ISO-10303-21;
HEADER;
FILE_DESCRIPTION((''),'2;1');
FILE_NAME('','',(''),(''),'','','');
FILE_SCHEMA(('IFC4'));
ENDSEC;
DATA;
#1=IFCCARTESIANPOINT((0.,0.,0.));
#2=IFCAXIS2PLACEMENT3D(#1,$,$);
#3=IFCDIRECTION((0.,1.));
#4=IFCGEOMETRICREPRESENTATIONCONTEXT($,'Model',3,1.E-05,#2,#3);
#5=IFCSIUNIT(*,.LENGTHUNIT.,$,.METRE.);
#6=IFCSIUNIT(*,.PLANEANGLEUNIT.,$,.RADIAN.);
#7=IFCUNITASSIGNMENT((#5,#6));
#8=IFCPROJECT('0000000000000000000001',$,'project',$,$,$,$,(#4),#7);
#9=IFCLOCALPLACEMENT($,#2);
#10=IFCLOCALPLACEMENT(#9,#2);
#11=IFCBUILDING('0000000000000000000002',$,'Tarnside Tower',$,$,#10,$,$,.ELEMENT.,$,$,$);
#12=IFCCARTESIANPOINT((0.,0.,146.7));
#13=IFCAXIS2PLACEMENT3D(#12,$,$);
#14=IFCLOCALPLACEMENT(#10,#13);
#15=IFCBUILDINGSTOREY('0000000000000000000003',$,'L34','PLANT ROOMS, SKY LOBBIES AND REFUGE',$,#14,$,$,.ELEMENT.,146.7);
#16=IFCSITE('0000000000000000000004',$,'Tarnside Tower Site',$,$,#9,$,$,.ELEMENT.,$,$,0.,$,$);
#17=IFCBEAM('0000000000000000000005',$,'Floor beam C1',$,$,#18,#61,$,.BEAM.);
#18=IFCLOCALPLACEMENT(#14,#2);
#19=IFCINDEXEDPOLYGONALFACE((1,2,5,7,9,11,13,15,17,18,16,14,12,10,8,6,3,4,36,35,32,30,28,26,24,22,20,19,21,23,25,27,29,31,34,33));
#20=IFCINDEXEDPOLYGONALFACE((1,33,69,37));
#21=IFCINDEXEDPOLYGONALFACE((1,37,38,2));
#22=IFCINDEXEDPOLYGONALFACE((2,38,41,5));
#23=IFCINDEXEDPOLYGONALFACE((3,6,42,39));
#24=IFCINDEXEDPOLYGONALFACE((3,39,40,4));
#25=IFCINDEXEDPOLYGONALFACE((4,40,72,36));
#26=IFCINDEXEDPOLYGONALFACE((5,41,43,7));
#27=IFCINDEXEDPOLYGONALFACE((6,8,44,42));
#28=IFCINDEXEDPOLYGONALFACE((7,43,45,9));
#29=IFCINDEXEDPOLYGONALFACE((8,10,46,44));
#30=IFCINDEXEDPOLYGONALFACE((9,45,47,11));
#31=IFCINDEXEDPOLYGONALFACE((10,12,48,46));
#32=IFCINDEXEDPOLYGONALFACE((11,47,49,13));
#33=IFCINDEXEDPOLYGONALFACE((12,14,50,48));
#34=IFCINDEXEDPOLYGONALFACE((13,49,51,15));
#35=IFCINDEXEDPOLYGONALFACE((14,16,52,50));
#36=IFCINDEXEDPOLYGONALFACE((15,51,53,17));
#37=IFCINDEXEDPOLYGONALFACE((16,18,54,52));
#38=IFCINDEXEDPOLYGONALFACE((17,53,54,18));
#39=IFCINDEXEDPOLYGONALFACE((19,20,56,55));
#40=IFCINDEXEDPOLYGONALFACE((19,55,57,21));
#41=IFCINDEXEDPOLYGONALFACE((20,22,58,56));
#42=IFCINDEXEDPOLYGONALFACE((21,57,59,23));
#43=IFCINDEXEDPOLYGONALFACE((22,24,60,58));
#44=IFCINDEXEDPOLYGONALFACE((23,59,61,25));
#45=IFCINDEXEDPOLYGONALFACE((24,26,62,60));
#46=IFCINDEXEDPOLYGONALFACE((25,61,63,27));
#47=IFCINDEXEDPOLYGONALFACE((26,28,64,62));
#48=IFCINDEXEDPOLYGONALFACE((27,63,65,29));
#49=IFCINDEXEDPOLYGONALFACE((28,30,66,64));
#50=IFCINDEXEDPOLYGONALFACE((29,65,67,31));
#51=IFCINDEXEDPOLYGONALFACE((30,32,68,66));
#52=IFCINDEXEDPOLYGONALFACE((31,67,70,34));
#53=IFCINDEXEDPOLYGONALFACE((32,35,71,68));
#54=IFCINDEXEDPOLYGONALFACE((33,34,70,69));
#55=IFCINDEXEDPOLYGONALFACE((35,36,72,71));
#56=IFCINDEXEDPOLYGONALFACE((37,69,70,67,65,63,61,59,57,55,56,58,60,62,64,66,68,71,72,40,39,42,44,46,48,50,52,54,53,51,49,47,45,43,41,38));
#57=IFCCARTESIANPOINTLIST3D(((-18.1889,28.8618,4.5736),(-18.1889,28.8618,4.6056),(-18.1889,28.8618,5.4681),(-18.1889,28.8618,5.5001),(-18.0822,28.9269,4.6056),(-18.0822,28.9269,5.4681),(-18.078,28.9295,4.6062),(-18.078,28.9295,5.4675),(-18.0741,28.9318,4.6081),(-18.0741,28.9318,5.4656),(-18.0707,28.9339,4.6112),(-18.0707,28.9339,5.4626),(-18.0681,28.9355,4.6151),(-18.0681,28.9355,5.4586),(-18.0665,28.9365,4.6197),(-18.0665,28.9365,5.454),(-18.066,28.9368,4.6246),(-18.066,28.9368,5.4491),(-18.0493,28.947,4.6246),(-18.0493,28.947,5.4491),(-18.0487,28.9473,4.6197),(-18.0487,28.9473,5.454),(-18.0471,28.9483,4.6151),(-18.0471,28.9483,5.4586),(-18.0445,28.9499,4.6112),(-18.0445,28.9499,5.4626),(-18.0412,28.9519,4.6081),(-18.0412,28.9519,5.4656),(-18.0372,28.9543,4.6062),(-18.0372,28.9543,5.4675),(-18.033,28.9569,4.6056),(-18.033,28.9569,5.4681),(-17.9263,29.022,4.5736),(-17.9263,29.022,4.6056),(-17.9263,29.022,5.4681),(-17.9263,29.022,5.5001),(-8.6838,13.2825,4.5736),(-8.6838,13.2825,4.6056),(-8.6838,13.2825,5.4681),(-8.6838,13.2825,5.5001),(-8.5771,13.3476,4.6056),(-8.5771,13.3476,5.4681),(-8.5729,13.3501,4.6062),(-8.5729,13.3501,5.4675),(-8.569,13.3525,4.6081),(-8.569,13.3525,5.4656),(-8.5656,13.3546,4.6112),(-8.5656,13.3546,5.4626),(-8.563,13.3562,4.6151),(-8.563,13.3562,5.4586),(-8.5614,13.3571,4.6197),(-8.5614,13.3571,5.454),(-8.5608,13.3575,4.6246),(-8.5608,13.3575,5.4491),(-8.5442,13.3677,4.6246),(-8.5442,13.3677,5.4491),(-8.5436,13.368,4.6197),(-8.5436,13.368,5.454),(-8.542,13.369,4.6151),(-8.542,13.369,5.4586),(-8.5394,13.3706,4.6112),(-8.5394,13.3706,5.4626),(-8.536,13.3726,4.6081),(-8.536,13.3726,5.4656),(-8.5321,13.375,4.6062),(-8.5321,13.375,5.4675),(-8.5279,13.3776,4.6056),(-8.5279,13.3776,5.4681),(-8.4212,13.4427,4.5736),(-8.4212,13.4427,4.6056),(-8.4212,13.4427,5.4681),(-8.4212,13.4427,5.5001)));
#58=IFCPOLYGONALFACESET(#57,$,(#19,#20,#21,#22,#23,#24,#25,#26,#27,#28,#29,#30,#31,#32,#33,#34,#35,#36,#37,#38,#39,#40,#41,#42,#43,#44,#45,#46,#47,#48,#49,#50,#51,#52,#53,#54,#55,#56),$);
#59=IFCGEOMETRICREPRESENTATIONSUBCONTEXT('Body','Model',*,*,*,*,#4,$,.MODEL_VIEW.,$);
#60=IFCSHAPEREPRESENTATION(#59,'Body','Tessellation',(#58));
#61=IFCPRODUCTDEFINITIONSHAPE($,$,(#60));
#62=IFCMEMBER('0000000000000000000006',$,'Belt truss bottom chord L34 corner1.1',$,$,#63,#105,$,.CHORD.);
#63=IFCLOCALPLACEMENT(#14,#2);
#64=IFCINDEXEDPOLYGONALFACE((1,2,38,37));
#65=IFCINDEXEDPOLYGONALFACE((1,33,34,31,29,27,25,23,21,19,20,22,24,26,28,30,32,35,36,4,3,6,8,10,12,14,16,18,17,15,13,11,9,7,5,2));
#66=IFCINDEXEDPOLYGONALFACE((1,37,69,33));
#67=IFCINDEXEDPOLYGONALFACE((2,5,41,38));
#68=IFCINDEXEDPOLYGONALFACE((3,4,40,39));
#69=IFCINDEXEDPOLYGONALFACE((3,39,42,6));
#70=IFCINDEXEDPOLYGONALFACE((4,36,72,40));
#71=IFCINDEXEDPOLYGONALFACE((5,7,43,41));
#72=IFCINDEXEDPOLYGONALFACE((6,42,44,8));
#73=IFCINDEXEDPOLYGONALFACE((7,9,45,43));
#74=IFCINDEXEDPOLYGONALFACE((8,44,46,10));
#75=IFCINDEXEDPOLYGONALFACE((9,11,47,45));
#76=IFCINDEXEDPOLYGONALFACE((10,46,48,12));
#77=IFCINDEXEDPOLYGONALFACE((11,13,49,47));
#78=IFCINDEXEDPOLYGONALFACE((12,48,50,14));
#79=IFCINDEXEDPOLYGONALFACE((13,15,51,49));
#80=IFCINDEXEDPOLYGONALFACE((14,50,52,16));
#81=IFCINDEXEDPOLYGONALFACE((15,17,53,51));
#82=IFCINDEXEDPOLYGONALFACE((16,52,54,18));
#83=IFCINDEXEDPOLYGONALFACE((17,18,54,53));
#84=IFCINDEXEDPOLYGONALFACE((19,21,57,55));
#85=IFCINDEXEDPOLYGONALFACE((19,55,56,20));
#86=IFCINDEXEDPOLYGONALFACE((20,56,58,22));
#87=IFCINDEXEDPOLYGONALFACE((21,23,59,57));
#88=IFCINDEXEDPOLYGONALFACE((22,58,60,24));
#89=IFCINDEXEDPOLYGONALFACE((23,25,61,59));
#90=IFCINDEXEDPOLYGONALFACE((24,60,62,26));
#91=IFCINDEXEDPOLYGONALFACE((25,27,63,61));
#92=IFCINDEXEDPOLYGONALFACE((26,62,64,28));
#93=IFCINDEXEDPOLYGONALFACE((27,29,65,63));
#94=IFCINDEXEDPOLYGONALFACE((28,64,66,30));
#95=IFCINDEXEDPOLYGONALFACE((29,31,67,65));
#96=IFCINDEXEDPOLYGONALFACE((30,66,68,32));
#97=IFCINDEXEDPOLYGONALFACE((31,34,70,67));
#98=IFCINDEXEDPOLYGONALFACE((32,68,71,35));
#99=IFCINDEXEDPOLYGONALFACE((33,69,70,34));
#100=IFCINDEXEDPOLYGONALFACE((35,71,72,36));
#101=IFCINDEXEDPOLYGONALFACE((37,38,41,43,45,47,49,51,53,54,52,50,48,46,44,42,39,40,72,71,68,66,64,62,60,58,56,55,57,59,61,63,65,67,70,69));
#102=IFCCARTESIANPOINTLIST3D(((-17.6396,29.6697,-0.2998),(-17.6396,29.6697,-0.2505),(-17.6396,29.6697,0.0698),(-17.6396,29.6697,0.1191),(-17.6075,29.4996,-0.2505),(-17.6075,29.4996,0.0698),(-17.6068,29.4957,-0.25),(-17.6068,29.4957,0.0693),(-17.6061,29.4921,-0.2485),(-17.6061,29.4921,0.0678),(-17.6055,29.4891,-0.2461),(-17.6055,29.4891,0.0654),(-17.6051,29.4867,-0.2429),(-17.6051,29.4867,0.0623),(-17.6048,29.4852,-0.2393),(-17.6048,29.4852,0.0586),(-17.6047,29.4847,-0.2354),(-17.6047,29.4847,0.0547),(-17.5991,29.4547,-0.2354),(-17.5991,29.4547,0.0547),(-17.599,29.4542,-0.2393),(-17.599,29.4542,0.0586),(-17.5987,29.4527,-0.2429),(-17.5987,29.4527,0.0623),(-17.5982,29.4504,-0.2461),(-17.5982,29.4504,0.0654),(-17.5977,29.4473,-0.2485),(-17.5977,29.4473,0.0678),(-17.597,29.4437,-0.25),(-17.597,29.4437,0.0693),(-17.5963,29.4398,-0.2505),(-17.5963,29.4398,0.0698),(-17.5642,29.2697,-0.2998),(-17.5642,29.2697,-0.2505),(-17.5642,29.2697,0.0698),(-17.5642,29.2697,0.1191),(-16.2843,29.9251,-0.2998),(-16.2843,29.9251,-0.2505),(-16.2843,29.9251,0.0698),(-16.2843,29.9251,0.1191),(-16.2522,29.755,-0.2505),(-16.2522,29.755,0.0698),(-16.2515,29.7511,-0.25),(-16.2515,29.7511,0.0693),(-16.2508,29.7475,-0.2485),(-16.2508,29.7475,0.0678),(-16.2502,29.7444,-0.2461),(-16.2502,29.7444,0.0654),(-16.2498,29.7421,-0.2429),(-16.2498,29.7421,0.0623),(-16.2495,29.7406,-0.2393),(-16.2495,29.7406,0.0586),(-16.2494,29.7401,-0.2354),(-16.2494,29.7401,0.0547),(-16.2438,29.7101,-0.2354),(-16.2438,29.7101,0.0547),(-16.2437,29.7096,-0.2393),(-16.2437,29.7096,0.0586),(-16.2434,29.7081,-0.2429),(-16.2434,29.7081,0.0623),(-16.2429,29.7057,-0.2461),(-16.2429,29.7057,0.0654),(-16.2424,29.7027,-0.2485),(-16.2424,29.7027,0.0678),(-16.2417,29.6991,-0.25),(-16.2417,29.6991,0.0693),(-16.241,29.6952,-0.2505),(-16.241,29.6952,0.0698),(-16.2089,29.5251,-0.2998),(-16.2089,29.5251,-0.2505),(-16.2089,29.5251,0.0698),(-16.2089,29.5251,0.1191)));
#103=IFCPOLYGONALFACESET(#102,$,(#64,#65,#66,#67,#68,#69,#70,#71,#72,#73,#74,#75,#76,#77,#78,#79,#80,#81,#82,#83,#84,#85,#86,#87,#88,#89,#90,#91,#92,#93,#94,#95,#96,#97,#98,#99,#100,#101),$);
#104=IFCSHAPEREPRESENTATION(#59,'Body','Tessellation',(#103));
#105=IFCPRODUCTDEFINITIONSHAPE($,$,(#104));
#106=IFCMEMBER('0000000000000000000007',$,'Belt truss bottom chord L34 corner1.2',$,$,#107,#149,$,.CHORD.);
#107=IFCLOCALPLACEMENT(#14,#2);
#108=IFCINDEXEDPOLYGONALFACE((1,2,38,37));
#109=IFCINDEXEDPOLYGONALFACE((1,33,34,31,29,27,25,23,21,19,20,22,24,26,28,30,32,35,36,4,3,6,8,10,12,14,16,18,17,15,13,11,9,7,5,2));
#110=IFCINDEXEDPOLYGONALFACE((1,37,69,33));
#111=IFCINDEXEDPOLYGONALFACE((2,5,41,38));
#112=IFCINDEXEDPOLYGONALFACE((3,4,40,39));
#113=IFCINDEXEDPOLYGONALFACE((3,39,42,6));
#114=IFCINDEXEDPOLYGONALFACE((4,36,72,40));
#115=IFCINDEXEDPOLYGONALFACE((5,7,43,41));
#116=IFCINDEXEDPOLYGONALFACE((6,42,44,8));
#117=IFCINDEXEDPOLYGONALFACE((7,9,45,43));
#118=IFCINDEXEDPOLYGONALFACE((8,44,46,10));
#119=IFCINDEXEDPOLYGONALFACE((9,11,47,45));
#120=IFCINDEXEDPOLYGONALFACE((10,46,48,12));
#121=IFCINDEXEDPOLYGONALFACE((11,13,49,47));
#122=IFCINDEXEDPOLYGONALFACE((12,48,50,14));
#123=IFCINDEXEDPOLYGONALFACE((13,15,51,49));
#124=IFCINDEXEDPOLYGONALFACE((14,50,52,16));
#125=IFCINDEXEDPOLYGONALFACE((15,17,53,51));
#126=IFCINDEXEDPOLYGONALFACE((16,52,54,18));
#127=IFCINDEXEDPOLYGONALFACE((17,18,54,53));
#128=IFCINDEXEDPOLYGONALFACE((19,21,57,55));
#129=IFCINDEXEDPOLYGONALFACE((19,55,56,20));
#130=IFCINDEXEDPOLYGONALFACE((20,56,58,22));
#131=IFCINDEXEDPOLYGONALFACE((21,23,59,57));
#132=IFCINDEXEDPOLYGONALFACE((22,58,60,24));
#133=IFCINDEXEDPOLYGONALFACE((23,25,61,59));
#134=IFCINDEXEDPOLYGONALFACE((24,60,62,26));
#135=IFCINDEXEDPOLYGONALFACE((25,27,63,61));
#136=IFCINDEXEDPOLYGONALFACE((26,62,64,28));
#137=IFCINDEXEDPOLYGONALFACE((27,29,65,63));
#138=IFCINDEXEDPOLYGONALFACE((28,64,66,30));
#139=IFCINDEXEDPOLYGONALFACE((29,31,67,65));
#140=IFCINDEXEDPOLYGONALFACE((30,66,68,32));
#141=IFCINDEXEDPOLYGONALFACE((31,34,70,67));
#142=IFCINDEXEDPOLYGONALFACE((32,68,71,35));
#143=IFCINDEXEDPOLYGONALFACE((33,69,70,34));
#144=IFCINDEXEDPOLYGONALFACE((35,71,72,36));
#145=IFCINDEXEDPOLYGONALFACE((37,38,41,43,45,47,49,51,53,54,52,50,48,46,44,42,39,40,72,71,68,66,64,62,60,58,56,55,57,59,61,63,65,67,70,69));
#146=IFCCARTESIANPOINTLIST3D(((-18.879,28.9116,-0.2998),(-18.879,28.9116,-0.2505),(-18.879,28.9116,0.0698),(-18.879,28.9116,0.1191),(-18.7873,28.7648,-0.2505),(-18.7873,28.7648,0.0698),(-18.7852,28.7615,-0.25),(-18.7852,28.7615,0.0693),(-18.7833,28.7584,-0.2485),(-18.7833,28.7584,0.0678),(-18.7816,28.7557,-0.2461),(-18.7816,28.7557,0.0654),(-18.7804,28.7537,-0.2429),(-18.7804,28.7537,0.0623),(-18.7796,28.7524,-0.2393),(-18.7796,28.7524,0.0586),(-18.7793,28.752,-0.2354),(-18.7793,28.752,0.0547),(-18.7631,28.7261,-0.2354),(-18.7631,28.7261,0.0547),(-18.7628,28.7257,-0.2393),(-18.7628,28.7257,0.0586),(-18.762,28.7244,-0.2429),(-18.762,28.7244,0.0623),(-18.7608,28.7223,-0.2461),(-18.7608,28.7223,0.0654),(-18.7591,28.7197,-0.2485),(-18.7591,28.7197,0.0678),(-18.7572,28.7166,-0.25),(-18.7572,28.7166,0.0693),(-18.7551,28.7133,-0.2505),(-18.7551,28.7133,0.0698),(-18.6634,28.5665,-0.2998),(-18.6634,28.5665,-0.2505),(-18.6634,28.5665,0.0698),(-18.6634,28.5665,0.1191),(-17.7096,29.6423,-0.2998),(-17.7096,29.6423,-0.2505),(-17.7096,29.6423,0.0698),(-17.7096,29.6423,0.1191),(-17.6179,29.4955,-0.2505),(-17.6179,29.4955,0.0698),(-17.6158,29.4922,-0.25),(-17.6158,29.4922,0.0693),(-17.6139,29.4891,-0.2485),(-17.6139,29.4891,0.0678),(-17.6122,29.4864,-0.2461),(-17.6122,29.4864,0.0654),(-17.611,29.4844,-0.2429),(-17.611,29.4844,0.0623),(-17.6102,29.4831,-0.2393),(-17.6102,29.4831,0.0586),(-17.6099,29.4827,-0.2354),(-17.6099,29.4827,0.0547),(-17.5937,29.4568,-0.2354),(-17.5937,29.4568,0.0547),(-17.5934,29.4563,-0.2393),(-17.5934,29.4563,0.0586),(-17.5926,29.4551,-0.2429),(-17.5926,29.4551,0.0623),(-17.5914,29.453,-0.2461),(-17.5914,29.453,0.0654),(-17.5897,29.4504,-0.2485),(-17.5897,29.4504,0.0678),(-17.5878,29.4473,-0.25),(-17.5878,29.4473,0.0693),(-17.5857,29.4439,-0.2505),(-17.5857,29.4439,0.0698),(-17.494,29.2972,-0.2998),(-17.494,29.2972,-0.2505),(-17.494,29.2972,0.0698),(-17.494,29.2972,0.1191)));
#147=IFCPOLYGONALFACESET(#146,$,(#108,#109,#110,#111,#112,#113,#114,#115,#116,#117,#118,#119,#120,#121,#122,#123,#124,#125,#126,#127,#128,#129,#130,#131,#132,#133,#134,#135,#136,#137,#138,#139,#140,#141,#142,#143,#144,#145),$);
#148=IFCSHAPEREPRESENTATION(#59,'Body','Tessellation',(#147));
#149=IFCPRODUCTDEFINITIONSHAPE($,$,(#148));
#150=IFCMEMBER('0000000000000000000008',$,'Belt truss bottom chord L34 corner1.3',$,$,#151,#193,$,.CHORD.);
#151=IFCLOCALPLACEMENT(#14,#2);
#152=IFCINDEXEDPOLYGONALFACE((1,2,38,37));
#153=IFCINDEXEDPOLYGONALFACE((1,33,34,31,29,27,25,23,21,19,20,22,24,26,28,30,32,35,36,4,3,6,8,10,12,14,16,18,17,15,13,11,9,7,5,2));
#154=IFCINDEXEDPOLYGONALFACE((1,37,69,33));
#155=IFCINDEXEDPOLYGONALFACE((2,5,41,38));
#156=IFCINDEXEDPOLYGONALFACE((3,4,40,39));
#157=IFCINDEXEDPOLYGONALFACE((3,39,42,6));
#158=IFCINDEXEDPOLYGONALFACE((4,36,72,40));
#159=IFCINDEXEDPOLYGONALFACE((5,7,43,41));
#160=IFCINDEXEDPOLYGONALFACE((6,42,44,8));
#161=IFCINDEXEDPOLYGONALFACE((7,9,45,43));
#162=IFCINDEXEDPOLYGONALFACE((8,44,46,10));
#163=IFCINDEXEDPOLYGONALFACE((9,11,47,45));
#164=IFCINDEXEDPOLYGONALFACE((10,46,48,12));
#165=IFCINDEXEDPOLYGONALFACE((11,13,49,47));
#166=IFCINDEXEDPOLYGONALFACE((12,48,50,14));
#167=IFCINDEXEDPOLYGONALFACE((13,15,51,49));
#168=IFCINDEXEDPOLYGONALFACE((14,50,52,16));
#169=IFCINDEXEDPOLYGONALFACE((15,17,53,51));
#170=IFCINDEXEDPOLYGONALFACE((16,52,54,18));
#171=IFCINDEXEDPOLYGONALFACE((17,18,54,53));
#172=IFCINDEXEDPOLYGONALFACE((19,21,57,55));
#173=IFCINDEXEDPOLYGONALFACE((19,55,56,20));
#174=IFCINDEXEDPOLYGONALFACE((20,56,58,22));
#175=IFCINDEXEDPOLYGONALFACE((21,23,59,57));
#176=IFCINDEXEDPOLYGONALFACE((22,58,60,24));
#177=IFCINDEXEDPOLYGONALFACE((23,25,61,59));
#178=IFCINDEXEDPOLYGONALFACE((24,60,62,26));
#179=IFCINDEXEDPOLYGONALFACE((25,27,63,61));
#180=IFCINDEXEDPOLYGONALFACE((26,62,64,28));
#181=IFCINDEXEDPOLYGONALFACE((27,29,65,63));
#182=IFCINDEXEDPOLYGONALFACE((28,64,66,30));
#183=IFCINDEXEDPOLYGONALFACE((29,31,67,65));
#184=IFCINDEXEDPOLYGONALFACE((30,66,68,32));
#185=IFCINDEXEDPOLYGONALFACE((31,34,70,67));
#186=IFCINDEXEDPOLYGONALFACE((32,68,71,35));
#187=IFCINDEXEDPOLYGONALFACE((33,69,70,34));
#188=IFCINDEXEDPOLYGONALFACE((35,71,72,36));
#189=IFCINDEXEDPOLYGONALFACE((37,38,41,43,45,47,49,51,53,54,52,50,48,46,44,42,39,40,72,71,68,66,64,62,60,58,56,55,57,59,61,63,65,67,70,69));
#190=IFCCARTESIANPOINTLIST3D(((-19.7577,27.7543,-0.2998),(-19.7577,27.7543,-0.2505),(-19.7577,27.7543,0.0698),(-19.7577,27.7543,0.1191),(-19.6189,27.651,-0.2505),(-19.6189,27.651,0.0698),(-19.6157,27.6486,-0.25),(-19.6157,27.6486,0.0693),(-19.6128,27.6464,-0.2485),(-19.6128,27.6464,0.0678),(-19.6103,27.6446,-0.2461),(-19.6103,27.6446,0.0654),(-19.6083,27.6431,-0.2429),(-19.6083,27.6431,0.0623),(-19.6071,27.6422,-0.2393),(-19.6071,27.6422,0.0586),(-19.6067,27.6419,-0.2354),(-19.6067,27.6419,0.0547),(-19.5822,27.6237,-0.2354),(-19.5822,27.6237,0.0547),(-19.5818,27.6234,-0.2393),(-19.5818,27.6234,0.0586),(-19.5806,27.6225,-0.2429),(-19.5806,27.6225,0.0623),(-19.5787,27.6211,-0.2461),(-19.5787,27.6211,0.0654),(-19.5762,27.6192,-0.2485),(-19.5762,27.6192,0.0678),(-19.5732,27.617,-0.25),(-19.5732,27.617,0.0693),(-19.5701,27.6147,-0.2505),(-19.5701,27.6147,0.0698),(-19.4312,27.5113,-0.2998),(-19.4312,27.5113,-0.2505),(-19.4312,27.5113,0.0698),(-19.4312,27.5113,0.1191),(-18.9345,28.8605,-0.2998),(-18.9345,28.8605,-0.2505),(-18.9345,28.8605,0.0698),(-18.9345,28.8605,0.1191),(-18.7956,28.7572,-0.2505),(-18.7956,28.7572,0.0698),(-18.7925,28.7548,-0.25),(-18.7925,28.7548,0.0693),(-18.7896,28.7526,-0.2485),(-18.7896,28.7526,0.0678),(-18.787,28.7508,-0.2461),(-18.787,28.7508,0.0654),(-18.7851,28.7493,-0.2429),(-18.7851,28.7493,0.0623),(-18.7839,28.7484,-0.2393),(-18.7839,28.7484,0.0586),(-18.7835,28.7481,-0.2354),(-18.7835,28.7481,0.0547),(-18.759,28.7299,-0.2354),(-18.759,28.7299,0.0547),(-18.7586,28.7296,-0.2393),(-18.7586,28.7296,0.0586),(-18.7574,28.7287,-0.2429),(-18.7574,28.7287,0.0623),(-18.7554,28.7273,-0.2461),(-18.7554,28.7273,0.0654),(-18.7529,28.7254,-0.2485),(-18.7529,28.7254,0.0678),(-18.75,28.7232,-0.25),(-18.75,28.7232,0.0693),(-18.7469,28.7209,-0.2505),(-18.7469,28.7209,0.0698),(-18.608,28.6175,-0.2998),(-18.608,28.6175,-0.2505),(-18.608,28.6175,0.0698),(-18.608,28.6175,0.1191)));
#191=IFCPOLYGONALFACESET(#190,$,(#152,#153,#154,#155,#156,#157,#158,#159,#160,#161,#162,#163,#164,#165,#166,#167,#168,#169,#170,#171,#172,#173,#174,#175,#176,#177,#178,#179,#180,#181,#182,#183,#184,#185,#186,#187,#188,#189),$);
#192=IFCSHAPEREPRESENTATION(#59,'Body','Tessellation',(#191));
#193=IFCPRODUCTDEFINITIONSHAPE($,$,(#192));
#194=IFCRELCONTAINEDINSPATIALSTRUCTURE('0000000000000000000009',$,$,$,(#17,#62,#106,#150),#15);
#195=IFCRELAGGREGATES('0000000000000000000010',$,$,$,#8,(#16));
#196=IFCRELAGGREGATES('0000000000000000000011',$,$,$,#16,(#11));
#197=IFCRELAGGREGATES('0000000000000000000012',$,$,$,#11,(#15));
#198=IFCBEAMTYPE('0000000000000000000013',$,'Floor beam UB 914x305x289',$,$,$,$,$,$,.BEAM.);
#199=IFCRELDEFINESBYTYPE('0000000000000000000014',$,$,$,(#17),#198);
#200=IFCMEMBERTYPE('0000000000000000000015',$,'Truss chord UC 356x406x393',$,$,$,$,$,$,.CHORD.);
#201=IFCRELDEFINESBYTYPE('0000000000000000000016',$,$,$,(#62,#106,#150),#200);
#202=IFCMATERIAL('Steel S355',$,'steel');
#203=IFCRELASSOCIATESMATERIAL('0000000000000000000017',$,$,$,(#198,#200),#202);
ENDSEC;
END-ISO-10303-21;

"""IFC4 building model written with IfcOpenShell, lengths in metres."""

from ifc_helpers import new_model, si_unit, direction, frame, origin, origin_2d, place, context, subcontext, project, spatial, i_section, extrude, material, material_profile, profile_set, type_object, element, save


model = new_model("IFC4")

# Units and contexts
model_context = context("Model", 3, precision=1e-05, world=origin(), true_north=direction((0.0, 1.0)))
body_context = subcontext(model_context, "Body", "Model", "MODEL_VIEW")
ifc_project = project(units=[si_unit("LENGTHUNIT", "METRE"), si_unit("PLANEANGLEUNIT", "RADIAN")], contexts=[model_context])

# Site, building, storey
site_placement = place(None, origin())
site = spatial("IfcSite", under=ifc_project, at=site_placement, Name="Tarnside Tower Site", CompositionType="ELEMENT", RefElevation=0.0)
building_placement = place(site_placement, origin())
building = spatial("IfcBuilding", under=site, at=building_placement, Name="Tarnside Tower", CompositionType="ELEMENT")
storey_placement = place(building_placement, frame((0.0, 0.0, 146.7)))
storey = spatial("IfcBuildingStorey", under=building, at=storey_placement, Name="L34", Description="PLANT ROOMS, SKY LOBBIES AND REFUGE", CompositionType="ELEMENT", Elevation=146.7)

# Beam
ifc_material_1 = material(Name="Steel S355", Category="steel")
ifc_material_profile_1 = material_profile(ifc_material_1, i_section(OverallWidth=0.3076, OverallDepth=0.9265, WebThickness=0.0195, FlangeThickness=0.032, FilletRadius=0.019, at=origin_2d()), Name="UB 914x305x289")
ifc_profile_set_1 = profile_set([ifc_material_profile_1], Name="Steel S355")
beam_type = type_object("IfcBeamType", Name="Floor beam UB 914x305x289", PredefinedType="BEAM", material=ifc_profile_set_1)
beam_placement = place(storey_placement, frame((-18.0576, 28.9419, 5.0369), z_axis=(0.520828, -0.853662, 0.0), x_axis=(0.853662, 0.520828, 0.0)))
element("IfcBeam", 1, at=beam_placement, inside=storey, type_object=beam_type, Name="Floor beam C1", PredefinedType="BEAM", context=body_context, shape_type="SweptSolid", body=[
    extrude(i_section(OverallWidth=0.3076, OverallDepth=0.9265, WebThickness=0.0195, FlangeThickness=0.032, FilletRadius=0.019, at=origin_2d()), origin(), (0.0, 0.0, 1.0), 18.25),
])

# Members
ifc_material_profile_2 = material_profile(ifc_material_1, i_section(OverallWidth=0.407, OverallDepth=0.4189, WebThickness=0.0305, FlangeThickness=0.0493, FilletRadius=0.0151, at=origin_2d()), Name="UC 356x406x393")
ifc_profile_set_2 = profile_set([ifc_material_profile_2], Name="Steel S355")
member_type_1 = type_object("IfcMemberType", Name="Truss chord UC 356x406x393", PredefinedType="CHORD", material=ifc_profile_set_2)
member_1_placement = place(storey_placement, frame((-16.2466, 29.7251, -0.0903), z_axis=(-0.982705, -0.185176, 0.0), x_axis=(0.185176, -0.982705, 0.0)))
element("IfcMember", 2, at=member_1_placement, inside=storey, type_object=member_type_1, Name="Belt truss bottom chord L34 corner1.1", PredefinedType="CHORD", context=body_context, shape_type="SweptSolid", body=[
    extrude(i_section(OverallWidth=0.407, OverallDepth=0.4189, WebThickness=0.0305, FlangeThickness=0.0493, FilletRadius=0.0151, at=origin_2d()), origin(), (0.0, 0.0, 1.0), 1.3792),
])
for number, where, z_axis, x_axis, name in (
    (3, (-17.6018, 29.4697, -0.0903), (-0.848058, -0.529903, 0.0), (0.529903, -0.848058, 0.0), "Belt truss bottom chord L34 corner1.2"),
    (4, (-18.7712, 28.739, -0.0903), (-0.597021, -0.802225, 0.0), (0.802225, -0.597021, 0.0), "Belt truss bottom chord L34 corner1.3"),
):
    element("IfcMember", number, at=place(storey_placement, frame(where, z_axis=z_axis, x_axis=x_axis)), inside=storey, type_object=member_type_1, Name=name, PredefinedType="CHORD", context=body_context, shape_type="SweptSolid", body=[
        extrude(i_section(OverallWidth=0.407, OverallDepth=0.4189, WebThickness=0.0305, FlangeThickness=0.0493, FilletRadius=0.0151, at=origin_2d()), origin(), (0.0, 0.0, 1.0), 1.3789),
    ])

save(model, "model.ifc")
